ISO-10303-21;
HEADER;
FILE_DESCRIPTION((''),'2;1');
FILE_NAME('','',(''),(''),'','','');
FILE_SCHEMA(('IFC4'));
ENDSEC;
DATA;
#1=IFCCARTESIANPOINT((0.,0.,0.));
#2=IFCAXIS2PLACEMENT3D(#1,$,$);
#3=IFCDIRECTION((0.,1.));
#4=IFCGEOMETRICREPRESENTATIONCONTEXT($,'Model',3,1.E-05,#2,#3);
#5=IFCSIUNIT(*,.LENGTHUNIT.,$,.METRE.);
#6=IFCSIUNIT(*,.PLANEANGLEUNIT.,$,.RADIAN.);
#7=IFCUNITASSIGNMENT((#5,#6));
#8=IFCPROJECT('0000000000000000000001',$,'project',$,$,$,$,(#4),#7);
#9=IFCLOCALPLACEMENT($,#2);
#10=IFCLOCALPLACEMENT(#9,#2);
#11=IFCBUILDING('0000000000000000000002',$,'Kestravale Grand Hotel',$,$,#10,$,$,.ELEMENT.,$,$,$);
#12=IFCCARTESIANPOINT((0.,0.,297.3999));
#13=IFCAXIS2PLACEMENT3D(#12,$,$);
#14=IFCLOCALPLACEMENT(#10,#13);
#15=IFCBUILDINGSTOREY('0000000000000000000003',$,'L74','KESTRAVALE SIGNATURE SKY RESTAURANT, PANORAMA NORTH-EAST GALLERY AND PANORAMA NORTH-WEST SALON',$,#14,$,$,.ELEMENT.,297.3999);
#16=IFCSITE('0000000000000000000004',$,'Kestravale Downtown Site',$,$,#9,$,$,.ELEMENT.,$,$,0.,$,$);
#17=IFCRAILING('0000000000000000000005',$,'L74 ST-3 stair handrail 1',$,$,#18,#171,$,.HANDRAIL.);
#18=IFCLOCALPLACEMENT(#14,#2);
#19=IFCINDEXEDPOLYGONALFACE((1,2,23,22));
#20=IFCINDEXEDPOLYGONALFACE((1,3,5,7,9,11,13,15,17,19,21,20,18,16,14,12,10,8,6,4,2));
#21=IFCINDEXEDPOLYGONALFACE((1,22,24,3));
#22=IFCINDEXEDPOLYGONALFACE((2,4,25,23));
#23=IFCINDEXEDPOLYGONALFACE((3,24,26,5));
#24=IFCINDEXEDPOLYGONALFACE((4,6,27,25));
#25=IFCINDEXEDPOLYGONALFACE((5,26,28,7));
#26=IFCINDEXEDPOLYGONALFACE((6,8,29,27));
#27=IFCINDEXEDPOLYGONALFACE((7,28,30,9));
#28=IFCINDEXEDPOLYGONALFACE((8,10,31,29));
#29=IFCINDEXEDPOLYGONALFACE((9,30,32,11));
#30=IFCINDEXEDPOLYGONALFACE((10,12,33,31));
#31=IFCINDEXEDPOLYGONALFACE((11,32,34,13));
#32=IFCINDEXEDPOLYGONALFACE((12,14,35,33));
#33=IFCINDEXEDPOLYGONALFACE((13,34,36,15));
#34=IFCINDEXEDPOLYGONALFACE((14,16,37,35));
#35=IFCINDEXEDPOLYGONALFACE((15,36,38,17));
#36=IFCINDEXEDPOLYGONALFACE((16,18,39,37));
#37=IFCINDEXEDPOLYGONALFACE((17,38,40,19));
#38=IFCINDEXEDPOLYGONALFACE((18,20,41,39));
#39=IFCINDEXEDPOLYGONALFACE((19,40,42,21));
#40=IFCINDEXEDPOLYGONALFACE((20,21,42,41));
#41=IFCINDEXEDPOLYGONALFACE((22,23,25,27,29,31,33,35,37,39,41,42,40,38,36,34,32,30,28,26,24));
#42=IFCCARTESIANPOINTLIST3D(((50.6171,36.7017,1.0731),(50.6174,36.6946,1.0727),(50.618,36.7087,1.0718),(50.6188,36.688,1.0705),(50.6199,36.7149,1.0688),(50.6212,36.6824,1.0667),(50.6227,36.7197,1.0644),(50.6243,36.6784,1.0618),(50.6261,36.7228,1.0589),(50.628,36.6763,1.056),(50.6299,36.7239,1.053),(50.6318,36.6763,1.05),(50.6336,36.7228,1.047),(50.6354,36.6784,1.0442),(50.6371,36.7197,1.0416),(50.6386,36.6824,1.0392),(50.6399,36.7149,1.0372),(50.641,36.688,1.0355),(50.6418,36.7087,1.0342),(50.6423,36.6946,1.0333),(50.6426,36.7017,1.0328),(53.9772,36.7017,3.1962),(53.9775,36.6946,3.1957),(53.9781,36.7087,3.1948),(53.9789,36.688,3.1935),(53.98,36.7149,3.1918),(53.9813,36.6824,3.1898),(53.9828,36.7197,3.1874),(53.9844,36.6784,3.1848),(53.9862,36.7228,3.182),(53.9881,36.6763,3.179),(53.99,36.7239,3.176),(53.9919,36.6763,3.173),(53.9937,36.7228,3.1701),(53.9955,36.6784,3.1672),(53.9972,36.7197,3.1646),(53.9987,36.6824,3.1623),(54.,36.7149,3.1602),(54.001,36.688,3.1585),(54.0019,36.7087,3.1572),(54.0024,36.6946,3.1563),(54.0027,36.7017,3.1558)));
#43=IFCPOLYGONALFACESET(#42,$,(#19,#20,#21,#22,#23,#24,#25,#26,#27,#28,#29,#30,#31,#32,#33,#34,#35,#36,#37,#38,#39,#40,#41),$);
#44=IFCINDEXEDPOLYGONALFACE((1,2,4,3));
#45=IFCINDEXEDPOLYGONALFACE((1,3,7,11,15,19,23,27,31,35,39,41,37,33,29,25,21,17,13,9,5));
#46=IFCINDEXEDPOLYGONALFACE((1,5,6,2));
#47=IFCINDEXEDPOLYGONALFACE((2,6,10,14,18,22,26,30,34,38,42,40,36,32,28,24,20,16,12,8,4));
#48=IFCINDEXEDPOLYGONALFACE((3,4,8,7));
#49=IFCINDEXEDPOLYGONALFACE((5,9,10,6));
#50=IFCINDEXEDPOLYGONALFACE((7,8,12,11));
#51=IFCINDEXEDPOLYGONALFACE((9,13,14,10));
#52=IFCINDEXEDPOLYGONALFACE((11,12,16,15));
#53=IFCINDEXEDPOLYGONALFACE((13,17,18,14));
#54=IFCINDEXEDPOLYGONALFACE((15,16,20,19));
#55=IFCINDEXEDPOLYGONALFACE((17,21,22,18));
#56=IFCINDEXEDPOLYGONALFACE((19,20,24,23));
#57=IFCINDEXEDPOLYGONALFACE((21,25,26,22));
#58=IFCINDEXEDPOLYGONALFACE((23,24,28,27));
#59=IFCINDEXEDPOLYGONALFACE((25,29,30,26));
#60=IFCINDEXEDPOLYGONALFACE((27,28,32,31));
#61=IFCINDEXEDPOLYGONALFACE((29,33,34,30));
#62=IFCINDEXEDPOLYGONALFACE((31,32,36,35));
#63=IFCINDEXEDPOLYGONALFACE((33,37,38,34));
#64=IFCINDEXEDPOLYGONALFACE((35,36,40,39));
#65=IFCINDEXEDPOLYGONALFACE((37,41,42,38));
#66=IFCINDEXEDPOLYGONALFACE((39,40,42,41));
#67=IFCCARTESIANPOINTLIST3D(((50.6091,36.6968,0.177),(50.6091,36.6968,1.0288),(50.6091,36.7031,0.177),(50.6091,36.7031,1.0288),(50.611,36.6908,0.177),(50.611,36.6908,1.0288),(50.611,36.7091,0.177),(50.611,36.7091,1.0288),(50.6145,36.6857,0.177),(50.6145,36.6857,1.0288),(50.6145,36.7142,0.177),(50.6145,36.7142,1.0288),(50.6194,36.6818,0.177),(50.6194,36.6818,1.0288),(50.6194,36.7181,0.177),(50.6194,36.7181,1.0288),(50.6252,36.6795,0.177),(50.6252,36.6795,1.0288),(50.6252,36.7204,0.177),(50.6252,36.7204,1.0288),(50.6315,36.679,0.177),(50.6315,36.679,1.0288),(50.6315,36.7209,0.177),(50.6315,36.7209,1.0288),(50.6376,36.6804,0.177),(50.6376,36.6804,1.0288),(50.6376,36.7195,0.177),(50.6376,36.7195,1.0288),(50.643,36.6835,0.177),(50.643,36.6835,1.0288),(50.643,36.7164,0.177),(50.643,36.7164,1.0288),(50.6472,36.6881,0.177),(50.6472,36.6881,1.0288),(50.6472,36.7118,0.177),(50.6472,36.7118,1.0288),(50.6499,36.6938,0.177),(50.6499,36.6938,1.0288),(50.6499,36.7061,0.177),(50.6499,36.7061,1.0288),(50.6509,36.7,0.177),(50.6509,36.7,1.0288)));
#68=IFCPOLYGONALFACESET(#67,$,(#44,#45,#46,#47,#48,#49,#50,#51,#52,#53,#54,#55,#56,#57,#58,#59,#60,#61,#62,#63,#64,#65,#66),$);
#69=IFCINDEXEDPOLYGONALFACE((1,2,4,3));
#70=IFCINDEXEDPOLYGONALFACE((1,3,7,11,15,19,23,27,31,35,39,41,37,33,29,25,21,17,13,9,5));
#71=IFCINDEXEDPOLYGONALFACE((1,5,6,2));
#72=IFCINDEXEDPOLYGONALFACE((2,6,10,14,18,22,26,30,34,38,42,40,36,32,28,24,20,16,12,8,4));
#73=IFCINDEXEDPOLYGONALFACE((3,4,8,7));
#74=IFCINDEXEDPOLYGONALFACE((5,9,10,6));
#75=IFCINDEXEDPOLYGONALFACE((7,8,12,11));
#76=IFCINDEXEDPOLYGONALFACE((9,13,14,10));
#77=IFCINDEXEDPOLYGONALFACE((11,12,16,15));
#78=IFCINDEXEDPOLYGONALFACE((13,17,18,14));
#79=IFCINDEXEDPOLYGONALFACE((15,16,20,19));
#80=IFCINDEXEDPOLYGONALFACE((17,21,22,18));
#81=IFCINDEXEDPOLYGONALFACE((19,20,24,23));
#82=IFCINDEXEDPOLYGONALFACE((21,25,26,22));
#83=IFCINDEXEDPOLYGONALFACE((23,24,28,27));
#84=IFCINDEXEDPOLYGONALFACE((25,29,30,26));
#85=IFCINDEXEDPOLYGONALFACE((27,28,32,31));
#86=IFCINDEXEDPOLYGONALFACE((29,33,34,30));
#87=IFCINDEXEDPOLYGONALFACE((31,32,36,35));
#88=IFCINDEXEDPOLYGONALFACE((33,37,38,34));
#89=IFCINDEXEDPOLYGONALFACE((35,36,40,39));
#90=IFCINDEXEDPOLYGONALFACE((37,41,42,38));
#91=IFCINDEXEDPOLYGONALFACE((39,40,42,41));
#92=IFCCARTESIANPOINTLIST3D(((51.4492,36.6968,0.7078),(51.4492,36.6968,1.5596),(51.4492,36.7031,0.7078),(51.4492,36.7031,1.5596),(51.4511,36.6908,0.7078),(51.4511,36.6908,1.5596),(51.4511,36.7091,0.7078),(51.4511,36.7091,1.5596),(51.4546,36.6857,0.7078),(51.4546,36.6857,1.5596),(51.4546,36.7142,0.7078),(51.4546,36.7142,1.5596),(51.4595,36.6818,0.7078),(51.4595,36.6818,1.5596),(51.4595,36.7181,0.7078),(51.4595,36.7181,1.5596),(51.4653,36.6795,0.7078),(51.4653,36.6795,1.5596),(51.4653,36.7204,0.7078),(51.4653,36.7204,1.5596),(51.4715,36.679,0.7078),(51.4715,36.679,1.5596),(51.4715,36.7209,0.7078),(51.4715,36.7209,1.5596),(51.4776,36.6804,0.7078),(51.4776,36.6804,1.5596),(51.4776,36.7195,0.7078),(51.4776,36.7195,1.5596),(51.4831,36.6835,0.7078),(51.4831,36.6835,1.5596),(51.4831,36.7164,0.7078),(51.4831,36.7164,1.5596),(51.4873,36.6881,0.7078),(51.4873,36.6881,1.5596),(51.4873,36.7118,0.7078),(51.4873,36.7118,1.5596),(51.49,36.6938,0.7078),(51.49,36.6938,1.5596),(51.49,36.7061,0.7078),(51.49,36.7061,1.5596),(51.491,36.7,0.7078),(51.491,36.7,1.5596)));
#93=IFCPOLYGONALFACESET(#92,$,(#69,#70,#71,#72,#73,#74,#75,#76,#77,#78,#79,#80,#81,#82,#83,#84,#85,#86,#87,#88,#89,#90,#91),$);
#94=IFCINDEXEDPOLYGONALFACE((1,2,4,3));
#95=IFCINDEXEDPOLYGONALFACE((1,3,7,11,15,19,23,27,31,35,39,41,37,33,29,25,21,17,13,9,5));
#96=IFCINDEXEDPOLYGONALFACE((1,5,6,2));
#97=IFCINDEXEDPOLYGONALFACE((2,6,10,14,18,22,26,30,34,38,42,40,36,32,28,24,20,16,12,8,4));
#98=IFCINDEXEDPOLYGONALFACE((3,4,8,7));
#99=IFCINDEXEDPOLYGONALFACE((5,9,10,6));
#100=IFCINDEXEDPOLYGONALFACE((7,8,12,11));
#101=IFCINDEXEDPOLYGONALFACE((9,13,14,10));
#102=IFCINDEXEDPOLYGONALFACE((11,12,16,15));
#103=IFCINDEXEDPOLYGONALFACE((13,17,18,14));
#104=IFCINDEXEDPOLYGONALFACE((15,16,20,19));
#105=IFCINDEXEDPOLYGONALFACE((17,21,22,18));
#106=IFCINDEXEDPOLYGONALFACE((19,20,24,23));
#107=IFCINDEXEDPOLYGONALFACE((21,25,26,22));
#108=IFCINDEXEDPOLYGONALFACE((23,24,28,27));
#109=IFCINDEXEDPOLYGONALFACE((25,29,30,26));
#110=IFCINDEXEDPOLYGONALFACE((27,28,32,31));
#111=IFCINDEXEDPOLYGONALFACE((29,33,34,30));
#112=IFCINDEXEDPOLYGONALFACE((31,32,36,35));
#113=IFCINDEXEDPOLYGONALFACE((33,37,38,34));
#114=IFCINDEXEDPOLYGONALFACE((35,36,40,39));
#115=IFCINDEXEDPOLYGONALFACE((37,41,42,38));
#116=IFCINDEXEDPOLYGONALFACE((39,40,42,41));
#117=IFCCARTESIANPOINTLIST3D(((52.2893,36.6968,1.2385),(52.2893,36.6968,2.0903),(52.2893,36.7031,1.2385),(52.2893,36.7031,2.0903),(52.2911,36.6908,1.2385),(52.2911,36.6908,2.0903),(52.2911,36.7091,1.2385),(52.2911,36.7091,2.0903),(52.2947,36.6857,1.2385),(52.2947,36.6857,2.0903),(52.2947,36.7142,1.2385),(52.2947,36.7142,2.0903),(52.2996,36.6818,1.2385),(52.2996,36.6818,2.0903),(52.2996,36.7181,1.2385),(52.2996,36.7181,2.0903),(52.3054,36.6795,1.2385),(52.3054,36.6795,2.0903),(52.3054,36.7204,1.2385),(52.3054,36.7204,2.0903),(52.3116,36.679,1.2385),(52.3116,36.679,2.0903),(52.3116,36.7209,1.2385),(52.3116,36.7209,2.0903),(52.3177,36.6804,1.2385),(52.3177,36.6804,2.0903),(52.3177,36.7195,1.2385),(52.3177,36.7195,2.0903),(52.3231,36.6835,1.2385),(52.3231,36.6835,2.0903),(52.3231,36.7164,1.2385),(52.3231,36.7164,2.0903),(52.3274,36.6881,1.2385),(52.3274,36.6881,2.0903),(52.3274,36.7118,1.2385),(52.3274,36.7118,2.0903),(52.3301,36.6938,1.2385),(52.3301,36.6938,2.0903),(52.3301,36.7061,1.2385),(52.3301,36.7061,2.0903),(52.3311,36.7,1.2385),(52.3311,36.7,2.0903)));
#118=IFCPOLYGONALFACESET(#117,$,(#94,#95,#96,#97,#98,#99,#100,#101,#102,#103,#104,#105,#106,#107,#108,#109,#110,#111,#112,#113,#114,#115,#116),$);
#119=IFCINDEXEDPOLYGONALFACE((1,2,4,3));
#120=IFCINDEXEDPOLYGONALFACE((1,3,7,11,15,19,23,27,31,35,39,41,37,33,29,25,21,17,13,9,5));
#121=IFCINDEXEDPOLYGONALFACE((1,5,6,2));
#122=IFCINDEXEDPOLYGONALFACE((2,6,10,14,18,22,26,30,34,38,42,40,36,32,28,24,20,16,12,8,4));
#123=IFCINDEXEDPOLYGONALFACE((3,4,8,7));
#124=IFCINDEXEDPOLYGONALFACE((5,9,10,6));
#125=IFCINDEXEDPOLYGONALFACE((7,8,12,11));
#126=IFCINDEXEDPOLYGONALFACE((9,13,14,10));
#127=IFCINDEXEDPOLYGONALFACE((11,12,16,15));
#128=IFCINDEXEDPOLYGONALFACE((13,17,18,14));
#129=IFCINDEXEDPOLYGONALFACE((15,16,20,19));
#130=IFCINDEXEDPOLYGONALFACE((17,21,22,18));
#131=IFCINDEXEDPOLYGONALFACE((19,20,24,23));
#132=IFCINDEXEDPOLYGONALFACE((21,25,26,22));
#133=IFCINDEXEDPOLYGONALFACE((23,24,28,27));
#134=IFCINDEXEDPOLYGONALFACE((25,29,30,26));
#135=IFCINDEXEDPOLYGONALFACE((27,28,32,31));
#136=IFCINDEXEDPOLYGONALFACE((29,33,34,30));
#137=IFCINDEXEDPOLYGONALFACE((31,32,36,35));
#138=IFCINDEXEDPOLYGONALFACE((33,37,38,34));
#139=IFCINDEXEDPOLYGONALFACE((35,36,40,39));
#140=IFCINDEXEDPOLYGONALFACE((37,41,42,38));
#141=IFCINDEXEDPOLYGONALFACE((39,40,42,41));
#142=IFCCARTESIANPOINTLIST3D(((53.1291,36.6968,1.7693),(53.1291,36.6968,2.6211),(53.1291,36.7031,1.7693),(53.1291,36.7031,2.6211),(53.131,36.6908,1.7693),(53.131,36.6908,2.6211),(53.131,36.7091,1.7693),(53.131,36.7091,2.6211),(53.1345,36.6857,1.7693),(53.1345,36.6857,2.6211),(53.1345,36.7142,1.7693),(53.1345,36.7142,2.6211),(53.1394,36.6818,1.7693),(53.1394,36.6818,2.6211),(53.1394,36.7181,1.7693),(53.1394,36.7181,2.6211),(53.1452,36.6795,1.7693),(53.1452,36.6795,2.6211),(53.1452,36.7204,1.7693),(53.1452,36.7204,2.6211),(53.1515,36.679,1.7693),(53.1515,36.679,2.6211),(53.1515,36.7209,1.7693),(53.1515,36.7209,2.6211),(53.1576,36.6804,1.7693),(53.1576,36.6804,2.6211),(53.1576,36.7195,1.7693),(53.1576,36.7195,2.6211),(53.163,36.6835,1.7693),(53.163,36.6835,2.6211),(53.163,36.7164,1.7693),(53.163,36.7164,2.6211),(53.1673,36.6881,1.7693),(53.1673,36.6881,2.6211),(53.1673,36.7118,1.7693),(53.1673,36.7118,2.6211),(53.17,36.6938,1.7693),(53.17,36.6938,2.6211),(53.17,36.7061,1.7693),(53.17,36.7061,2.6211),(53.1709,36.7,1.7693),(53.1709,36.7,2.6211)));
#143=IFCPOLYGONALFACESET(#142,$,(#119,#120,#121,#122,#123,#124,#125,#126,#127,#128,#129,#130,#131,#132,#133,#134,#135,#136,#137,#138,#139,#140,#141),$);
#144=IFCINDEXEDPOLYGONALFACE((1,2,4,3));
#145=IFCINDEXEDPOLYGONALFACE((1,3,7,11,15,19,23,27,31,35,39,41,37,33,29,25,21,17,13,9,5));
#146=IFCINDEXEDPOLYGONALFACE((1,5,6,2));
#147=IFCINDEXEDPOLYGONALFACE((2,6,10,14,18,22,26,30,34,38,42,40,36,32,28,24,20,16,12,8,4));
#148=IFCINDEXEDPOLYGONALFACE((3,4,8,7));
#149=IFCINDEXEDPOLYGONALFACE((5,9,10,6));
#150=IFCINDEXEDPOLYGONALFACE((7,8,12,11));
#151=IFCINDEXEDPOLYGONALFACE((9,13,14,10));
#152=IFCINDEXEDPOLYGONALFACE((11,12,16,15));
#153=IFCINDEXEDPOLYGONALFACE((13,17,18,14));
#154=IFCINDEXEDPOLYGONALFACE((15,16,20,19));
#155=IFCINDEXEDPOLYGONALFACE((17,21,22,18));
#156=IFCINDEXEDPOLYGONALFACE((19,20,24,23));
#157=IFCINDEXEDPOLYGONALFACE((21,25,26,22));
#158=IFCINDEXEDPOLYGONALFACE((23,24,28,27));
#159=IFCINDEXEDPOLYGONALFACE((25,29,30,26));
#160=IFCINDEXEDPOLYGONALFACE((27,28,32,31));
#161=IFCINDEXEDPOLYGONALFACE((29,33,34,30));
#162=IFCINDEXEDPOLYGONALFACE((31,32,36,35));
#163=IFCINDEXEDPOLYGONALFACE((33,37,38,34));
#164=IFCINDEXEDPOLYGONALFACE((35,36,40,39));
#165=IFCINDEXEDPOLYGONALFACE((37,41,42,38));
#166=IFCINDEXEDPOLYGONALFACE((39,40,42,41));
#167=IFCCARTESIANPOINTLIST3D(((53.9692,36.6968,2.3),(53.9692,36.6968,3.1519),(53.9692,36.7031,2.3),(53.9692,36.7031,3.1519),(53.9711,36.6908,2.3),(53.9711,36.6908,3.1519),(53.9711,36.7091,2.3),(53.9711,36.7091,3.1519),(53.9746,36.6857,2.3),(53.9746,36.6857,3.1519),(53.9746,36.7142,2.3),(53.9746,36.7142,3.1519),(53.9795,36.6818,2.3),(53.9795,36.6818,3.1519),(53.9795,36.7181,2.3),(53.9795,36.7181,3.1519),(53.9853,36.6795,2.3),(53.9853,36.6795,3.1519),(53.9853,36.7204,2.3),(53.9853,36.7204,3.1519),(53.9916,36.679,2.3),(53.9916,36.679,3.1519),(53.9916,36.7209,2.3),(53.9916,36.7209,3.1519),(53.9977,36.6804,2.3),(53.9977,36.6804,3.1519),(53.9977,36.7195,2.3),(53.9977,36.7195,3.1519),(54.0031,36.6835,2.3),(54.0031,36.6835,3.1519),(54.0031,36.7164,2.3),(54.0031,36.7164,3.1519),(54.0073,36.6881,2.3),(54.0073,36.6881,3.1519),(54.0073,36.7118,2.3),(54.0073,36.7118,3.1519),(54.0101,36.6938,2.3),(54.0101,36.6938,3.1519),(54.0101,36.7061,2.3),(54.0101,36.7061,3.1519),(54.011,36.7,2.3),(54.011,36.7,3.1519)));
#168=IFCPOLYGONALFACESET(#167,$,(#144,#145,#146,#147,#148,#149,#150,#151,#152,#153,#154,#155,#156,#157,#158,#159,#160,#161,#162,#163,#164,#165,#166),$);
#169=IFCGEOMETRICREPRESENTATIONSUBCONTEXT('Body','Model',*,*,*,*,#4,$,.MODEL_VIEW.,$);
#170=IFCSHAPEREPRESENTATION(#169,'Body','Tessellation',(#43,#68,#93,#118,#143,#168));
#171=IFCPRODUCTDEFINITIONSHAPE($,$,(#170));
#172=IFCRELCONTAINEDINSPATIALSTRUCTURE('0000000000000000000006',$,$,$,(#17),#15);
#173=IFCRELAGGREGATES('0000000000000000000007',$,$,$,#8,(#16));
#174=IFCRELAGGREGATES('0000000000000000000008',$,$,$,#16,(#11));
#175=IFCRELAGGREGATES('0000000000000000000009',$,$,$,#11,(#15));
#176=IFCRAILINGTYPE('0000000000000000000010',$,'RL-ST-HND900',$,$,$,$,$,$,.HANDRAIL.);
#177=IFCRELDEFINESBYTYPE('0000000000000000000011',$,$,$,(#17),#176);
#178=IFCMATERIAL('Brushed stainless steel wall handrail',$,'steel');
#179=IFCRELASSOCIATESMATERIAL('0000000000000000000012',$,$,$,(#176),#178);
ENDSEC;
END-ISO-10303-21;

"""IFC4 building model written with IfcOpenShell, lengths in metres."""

from ifc_helpers import new_model, si_unit, direction, frame, origin, origin_2d, place, context, subcontext, project, spatial, circle, extrude, material, type_object, element, save


model = new_model("IFC4")

# Units and contexts
model_context = context("Model", 3, precision=1e-05, world=origin(), true_north=direction((0.0, 1.0)))
body_context = subcontext(model_context, "Body", "Model", "MODEL_VIEW")
ifc_project = project(units=[si_unit("LENGTHUNIT", "METRE"), si_unit("PLANEANGLEUNIT", "RADIAN")], contexts=[model_context])

# Site, building, storey
site_placement = place(None, origin())
site = spatial("IfcSite", under=ifc_project, at=site_placement, Name="Kestravale Downtown Site", CompositionType="ELEMENT", RefElevation=0.0)
building_placement = place(site_placement, origin())
building = spatial("IfcBuilding", under=site, at=building_placement, Name="Kestravale Grand Hotel", CompositionType="ELEMENT")
storey_placement = place(building_placement, frame((0.0, 0.0, 297.3999)))
storey = spatial("IfcBuildingStorey", under=building, at=storey_placement, Name="L74", Description="KESTRAVALE SIGNATURE SKY RESTAURANT, PANORAMA NORTH-EAST GALLERY AND PANORAMA NORTH-WEST SALON", CompositionType="ELEMENT", Elevation=297.3999)

# Railing
ifc_material_1 = material(Name="Brushed stainless steel wall handrail", Category="steel")
railing_type_1 = type_object("IfcRailingType", Name="RL-ST-HND900", PredefinedType="HANDRAIL", material=ifc_material_1)
railing_1_placement = place(storey_placement, frame((50.6299, 36.7, 0.177)))
element("IfcRailing", 1, at=railing_1_placement, inside=storey, type_object=railing_type_1, Name="L74 ST-3 stair handrail 1", PredefinedType="HANDRAIL", context=body_context, shape_type="SweptSolid", body=[
    extrude(circle(Radius=0.0239, at=origin_2d()), frame((0.0, 0.0, 0.876), z_axis=(0.84539, 0.0, 0.53415), x_axis=(0.0, 1.0, 0.0)), (0.0, 0.0, 1.0), 3.9746),
    extrude(circle(Radius=0.021, at=origin_2d()), origin(), (0.0, 0.0, 1.0), 0.8518),
    extrude(circle(Radius=0.021, at=origin_2d()), frame((0.8401, 0.0, 0.5308)), (0.0, 0.0, 1.0), 0.8518),
    extrude(circle(Radius=0.021, at=origin_2d()), frame((1.6802, 0.0, 1.0615)), (0.0, 0.0, 1.0), 0.8518),
    extrude(circle(Radius=0.021, at=origin_2d()), frame((2.52, 0.0, 1.5923)), (0.0, 0.0, 1.0), 0.8518),
    extrude(circle(Radius=0.021, at=origin_2d()), frame((3.3601, 0.0, 2.123)), (0.0, 0.0, 1.0), 0.8518),
])

save(model, "model.ifc")
